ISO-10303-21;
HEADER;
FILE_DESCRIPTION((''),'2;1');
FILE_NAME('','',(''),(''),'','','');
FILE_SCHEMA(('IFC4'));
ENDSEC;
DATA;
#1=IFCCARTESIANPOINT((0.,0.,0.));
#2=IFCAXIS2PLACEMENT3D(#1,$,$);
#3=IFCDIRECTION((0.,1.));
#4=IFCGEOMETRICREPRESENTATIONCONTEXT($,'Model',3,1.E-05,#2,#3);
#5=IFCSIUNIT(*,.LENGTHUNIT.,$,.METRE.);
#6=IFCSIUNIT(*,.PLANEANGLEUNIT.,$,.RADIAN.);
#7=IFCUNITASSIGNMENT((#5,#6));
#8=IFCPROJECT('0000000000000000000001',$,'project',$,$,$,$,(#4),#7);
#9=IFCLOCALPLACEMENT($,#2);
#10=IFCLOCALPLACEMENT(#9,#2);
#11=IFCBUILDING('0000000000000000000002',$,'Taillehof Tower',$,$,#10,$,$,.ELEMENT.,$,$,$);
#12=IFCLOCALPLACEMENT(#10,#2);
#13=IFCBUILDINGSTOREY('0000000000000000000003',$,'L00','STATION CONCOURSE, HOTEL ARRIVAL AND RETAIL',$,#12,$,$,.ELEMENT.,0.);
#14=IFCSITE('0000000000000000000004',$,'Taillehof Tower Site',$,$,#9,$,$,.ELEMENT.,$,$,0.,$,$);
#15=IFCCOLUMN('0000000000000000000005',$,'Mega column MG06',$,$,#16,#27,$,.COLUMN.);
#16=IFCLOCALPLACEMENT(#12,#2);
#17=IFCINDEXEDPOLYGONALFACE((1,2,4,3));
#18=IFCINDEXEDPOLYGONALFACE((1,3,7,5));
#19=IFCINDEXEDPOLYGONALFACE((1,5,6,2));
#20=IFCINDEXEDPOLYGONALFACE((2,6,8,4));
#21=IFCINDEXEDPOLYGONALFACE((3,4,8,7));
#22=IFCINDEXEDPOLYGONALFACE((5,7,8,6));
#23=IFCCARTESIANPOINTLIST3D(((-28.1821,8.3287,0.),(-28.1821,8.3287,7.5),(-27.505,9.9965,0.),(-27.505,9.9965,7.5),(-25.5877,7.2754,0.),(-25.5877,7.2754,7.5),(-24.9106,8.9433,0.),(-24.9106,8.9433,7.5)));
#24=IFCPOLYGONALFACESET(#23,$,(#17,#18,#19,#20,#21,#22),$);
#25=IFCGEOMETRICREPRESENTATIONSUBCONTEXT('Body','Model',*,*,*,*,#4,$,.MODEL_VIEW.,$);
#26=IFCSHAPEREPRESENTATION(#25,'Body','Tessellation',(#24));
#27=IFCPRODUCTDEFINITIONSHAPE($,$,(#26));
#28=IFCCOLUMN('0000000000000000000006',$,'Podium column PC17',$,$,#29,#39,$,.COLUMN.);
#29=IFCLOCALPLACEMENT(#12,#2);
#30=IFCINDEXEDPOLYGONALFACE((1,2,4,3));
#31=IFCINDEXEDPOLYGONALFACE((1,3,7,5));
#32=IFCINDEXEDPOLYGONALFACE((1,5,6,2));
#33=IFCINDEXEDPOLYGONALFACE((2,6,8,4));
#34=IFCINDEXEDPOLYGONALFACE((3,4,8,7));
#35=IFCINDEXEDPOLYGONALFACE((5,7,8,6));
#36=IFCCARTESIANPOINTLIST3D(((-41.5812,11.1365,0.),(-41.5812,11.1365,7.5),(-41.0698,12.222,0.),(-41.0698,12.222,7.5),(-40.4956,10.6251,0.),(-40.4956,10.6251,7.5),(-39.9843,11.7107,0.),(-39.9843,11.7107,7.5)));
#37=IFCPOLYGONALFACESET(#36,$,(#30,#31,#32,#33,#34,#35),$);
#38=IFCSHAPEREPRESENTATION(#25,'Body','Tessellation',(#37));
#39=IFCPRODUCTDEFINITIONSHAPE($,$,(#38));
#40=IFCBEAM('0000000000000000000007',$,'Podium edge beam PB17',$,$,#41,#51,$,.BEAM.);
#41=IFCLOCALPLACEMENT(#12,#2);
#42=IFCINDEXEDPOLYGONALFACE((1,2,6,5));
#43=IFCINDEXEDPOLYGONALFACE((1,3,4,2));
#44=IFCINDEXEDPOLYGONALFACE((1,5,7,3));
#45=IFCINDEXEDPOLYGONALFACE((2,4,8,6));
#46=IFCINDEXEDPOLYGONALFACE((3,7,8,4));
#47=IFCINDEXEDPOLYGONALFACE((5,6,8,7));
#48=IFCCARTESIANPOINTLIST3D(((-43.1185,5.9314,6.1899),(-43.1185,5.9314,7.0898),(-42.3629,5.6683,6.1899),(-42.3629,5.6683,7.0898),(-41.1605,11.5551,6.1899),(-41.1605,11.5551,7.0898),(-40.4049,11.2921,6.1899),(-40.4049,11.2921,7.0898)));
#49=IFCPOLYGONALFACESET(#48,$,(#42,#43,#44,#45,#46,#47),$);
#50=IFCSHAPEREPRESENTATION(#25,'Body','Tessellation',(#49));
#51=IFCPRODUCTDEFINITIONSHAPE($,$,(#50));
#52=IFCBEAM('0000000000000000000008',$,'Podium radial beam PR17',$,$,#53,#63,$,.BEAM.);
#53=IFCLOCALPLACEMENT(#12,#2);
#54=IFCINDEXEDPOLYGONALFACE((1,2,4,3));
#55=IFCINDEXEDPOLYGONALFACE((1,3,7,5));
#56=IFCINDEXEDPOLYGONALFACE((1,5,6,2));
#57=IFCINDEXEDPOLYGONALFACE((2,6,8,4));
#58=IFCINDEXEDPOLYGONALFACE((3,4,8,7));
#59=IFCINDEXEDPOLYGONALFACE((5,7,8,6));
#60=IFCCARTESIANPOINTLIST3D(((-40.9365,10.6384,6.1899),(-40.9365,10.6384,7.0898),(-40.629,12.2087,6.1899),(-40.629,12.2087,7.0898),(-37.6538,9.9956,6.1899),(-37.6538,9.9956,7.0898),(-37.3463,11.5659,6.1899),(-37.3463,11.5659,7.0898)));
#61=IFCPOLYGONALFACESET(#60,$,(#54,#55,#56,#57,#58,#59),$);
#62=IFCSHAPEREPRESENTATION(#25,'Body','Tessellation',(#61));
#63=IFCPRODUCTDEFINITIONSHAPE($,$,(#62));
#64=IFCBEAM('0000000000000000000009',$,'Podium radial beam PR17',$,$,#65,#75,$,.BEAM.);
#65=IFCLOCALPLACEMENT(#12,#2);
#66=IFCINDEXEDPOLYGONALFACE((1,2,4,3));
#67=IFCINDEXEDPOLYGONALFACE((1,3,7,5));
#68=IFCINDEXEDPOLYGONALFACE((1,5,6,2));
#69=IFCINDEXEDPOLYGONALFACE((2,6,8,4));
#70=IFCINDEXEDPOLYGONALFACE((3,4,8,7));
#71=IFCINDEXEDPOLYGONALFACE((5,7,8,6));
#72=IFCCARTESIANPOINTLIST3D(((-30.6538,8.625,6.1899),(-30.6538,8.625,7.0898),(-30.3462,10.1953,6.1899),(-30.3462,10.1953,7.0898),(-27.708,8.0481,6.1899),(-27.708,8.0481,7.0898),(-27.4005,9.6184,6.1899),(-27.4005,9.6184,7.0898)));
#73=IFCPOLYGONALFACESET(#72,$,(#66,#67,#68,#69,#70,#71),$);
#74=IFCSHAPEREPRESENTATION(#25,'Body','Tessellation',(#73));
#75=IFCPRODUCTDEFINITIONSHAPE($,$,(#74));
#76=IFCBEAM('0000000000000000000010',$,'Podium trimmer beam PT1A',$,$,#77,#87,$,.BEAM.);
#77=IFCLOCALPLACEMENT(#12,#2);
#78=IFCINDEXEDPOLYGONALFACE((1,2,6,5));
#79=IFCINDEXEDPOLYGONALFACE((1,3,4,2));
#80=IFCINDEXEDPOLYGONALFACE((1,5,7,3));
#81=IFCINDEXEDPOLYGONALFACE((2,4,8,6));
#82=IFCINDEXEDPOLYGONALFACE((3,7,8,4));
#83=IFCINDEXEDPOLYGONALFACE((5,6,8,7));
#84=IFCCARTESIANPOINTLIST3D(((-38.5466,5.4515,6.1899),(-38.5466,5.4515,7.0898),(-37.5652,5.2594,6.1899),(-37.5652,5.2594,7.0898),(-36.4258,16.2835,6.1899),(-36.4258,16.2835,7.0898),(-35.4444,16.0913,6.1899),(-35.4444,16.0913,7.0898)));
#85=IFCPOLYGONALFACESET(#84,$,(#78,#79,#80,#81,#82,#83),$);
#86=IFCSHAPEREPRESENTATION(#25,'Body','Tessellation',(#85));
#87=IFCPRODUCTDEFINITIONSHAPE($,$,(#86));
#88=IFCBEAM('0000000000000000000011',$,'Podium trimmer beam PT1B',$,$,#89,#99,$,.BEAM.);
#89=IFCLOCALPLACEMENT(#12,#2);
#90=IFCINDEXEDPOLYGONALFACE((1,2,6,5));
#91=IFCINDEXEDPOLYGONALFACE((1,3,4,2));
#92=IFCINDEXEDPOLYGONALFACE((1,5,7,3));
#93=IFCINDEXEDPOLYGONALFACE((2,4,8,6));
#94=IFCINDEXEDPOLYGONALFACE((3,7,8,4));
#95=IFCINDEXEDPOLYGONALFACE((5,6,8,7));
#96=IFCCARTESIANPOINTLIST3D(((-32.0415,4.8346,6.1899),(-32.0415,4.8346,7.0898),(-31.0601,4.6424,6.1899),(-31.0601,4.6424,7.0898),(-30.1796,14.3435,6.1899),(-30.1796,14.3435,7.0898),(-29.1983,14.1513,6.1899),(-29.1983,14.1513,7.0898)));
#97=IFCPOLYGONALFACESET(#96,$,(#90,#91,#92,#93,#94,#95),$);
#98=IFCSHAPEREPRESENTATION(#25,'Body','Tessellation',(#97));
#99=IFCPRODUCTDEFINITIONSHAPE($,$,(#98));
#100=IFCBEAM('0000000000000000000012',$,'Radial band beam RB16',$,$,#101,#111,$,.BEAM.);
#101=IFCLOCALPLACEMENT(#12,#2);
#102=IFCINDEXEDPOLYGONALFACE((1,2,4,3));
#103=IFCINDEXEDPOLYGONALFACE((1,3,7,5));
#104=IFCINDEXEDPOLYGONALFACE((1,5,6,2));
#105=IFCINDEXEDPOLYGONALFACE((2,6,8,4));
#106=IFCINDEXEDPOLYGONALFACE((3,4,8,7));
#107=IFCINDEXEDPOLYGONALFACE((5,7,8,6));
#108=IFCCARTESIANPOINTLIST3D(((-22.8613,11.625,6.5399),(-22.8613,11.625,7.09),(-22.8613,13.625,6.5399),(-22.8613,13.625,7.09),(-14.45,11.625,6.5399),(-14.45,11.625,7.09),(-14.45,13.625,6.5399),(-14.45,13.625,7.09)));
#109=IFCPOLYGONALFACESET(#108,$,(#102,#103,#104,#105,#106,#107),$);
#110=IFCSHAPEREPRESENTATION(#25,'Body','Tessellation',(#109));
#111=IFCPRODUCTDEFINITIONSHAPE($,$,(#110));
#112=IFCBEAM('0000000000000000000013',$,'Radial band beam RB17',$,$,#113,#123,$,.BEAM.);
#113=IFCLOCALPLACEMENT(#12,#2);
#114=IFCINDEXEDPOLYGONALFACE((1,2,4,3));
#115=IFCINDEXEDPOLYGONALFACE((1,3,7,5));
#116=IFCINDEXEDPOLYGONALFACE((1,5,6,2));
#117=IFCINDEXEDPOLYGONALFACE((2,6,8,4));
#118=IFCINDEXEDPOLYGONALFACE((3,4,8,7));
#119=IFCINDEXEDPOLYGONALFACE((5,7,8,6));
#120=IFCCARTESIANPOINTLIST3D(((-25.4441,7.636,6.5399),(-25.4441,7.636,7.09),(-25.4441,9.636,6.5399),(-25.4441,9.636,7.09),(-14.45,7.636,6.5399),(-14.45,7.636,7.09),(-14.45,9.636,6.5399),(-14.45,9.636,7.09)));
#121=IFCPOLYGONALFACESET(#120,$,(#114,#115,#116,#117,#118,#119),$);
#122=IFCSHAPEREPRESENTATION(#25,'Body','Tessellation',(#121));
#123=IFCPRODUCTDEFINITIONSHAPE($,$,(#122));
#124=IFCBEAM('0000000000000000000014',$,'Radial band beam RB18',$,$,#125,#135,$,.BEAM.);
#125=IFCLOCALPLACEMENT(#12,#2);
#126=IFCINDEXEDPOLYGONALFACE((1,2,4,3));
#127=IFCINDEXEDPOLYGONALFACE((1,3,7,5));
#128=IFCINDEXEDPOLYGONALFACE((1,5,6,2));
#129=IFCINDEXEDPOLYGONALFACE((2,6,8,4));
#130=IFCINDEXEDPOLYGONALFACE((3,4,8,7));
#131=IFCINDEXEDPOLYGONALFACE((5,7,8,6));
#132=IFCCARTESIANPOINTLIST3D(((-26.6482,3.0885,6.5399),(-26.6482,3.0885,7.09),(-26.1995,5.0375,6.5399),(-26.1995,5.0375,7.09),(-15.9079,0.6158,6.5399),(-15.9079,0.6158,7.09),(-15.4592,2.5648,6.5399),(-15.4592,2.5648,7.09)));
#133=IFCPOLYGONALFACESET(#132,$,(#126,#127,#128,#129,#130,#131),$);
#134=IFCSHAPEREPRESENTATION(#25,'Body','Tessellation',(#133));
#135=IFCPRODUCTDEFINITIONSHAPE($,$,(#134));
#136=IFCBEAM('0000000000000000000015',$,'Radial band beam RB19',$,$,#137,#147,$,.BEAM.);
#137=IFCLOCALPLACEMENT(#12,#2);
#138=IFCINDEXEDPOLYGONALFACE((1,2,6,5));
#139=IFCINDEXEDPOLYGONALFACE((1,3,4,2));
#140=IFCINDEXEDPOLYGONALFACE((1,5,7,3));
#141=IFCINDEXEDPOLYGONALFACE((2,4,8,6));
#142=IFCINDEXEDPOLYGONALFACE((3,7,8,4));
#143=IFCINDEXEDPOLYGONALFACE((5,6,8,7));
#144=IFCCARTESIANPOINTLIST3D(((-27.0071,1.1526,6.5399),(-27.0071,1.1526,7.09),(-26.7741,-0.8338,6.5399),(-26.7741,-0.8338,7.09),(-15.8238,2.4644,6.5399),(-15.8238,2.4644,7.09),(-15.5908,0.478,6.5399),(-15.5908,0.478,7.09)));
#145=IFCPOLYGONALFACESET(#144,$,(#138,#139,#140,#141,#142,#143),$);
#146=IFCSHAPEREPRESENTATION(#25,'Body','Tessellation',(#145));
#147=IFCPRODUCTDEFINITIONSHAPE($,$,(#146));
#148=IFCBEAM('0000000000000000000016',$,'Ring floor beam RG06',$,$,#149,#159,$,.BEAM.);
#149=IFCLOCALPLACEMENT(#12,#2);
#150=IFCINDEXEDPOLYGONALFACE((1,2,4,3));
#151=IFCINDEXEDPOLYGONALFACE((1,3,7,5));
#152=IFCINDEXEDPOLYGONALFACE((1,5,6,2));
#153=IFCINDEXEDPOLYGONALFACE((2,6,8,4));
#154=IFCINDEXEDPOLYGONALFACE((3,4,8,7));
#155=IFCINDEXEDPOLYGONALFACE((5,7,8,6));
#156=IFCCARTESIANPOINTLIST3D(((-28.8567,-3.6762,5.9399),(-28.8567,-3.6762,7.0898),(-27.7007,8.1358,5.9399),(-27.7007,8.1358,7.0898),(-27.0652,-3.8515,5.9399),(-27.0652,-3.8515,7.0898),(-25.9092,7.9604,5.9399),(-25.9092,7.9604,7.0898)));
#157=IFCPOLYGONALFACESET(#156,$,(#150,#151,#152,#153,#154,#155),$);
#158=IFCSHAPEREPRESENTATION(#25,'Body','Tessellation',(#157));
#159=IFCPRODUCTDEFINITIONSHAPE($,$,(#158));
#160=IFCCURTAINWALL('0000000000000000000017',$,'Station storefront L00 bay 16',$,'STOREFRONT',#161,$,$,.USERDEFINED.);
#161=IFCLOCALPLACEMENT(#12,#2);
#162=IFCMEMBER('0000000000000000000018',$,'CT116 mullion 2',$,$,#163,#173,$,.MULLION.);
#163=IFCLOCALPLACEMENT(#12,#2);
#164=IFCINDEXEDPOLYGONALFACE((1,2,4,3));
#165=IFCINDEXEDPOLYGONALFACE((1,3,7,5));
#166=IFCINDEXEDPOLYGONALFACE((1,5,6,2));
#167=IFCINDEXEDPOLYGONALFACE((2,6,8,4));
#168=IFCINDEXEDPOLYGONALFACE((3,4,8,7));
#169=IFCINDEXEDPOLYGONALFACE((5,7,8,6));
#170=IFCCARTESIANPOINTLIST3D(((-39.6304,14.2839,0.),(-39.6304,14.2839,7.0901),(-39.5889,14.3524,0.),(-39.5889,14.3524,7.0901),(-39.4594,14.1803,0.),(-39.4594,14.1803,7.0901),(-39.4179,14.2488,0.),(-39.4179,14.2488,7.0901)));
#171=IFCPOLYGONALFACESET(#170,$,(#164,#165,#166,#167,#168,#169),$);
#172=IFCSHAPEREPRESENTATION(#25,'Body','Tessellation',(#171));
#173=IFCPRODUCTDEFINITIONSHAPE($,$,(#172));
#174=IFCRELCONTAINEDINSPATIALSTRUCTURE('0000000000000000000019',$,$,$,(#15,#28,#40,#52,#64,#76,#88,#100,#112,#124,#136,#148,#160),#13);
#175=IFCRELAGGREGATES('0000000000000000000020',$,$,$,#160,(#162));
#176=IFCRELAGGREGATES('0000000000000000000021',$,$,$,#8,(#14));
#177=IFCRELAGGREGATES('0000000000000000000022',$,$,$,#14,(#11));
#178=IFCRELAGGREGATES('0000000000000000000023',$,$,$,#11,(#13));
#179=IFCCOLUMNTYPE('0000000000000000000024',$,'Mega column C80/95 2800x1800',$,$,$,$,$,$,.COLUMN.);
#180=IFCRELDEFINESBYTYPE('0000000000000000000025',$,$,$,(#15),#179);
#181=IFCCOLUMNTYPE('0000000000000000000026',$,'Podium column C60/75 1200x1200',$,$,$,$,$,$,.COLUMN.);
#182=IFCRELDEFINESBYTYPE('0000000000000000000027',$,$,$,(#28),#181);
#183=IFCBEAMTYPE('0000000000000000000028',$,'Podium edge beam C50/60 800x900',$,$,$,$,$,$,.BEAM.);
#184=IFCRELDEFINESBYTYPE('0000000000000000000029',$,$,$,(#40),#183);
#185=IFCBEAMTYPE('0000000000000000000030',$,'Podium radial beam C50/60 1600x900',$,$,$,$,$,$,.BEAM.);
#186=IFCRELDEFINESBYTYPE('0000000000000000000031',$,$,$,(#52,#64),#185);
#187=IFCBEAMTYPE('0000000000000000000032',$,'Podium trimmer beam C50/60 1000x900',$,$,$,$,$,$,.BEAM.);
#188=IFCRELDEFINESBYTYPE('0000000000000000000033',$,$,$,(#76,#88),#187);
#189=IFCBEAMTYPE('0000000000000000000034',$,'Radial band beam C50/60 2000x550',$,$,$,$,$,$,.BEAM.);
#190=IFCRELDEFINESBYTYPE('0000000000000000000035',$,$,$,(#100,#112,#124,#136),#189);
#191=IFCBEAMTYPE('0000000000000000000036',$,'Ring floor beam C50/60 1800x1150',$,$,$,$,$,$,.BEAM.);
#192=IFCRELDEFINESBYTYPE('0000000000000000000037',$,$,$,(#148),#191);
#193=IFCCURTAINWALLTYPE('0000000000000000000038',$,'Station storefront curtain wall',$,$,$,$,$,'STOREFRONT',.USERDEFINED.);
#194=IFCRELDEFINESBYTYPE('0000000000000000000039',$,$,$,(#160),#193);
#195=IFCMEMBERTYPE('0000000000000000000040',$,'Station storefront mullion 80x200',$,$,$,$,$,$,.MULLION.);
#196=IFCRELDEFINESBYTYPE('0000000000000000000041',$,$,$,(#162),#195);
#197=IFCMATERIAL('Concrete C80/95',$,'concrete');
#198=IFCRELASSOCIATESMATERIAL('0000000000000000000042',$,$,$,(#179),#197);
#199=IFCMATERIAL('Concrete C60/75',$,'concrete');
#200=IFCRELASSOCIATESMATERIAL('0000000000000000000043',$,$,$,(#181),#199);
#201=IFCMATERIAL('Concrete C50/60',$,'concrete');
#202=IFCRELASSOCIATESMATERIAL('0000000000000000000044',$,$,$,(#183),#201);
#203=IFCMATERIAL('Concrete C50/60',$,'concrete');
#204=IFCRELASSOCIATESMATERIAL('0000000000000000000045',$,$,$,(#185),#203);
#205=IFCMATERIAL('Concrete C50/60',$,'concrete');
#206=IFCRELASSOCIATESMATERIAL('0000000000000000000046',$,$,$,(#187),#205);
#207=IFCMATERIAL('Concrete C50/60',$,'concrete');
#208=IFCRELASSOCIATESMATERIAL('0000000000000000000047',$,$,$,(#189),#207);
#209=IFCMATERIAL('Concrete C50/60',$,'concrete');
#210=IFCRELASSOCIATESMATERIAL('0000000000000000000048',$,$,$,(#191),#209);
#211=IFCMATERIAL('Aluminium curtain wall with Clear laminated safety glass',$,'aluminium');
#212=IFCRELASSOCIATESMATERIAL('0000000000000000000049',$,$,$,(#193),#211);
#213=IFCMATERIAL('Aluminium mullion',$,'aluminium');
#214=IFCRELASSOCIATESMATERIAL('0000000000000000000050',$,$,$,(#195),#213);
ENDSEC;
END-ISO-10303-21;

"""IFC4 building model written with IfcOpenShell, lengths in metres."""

from ifc_helpers import new_model, si_unit, direction, frame, origin, origin_2d, place, context, subcontext, project, spatial, rectangle, extrude, material, material_profile, profile_set, type_object, element, aggregate, save


model = new_model("IFC4")

# Units and contexts
model_context = context("Model", 3, precision=1e-05, world=origin(), true_north=direction((0.0, 1.0)))
body_context = subcontext(model_context, "Body", "Model", "MODEL_VIEW")
ifc_project = project(units=[si_unit("LENGTHUNIT", "METRE"), si_unit("PLANEANGLEUNIT", "RADIAN")], contexts=[model_context])

# Site, building, storey
site_placement = place(None, origin())
site = spatial("IfcSite", under=ifc_project, at=site_placement, Name="Taillehof Tower Site", CompositionType="ELEMENT", RefElevation=0.0)
building_placement = place(site_placement, origin())
building = spatial("IfcBuilding", under=site, at=building_placement, Name="Taillehof Tower", CompositionType="ELEMENT")
storey_placement = place(building_placement, origin())
storey = spatial("IfcBuildingStorey", under=building, at=storey_placement, Name="L00", Description="STATION CONCOURSE, HOTEL ARRIVAL AND RETAIL", CompositionType="ELEMENT", Elevation=0.0)

# Columns
ifc_material_1 = material(Name="Concrete C80/95", Category="concrete")
ifc_material_profile_1 = material_profile(ifc_material_1, rectangle(XDim=2.8, YDim=1.8, at=origin_2d()), Name="RC 2800x1800")
ifc_profile_set_1 = profile_set([ifc_material_profile_1], Name="Concrete C80/95")
column_type_1 = type_object("IfcColumnType", Name="Mega column C80/95 2800x1800", PredefinedType="COLUMN", material=ifc_profile_set_1)
column_1_placement = place(storey_placement, frame((-26.5464, 8.636, 0.0), z_axis=(0.0, 0.0, 1.0), x_axis=(-0.926558, 0.376152, 0.0)))
element("IfcColumn", 1, at=column_1_placement, inside=storey, type_object=column_type_1, Name="Mega column MG06", PredefinedType="COLUMN", context=body_context, shape_type="SweptSolid", body=[
    extrude(rectangle(XDim=2.8, YDim=1.8, at=origin_2d()), origin(), (0.0, 0.0, 1.0), 7.5),
])
ifc_material_2 = material(Name="Concrete C60/75", Category="concrete")
ifc_material_profile_2 = material_profile(ifc_material_2, rectangle(XDim=1.2, YDim=1.2, at=origin_2d()), Name="RC 1200x1200")
ifc_profile_set_2 = profile_set([ifc_material_profile_2], Name="Concrete C60/75")
column_type_2 = type_object("IfcColumnType", Name="Podium column C60/75 1200x1200", PredefinedType="COLUMN", material=ifc_profile_set_2)
column_2_placement = place(storey_placement, frame((-40.7827, 11.4236, 0.0), z_axis=(0.0, 0.0, 1.0), x_axis=(-0.904668, 0.426117, 0.0)))
element("IfcColumn", 2, at=column_2_placement, inside=storey, type_object=column_type_2, Name="Podium column PC17", PredefinedType="COLUMN", context=body_context, shape_type="SweptSolid", body=[
    extrude(rectangle(XDim=1.2, YDim=1.2, at=origin_2d()), origin(), (0.0, 0.0, 1.0), 7.5),
])

# Beams
ifc_material_3 = material(Name="Concrete C50/60", Category="concrete")
ifc_material_profile_3 = material_profile(ifc_material_3, rectangle(XDim=0.8, YDim=0.8999, at=origin_2d()), Name="RC 800x900")
ifc_profile_set_3 = profile_set([ifc_material_profile_3], Name="Concrete C50/60")
beam_type_1 = type_object("IfcBeamType", Name="Podium edge beam C50/60 800x900", PredefinedType="BEAM", material=ifc_profile_set_3)
beam_1_placement = place(storey_placement, frame((-40.7827, 11.4236, 6.6399), z_axis=(-0.328807, -0.944397, 0.0), x_axis=(0.944397, -0.328807, 0.0)))
element("IfcBeam", 3, at=beam_1_placement, inside=storey, type_object=beam_type_1, Name="Podium edge beam PB17", PredefinedType="BEAM", context=body_context, shape_type="SweptSolid", body=[
    extrude(rectangle(XDim=0.8, YDim=0.8999, at=origin_2d()), origin(), (0.0, 0.0, 1.0), 5.9548),
])
ifc_material_4 = material(Name="Concrete C50/60", Category="concrete")
ifc_material_profile_4 = material_profile(ifc_material_4, rectangle(XDim=1.6001, YDim=0.8999, at=origin_2d()), Name="RC 1600x900")
ifc_profile_set_4 = profile_set([ifc_material_profile_4], Name="Concrete C50/60")
beam_type_2 = type_object("IfcBeamType", Name="Podium radial beam C50/60 1600x900", PredefinedType="BEAM", material=ifc_profile_set_4)
beam_2_placement = place(storey_placement, frame((-40.7827, 11.4236, 6.6399), z_axis=(0.981362, -0.192171, 0.0), x_axis=(0.192171, 0.981362, 0.0)))
element("IfcBeam", 4, at=beam_2_placement, inside=storey, type_object=beam_type_2, Name="Podium radial beam PR17", PredefinedType="BEAM", context=body_context, shape_type="SweptSolid", body=[
    extrude(rectangle(XDim=1.6001, YDim=0.8999, at=origin_2d()), origin(), (0.0, 0.0, 1.0), 3.345),
])
beam_3_placement = place(storey_placement, frame((-30.5, 9.4102, 6.6399), z_axis=(0.981358, -0.192189, 0.0), x_axis=(0.192189, 0.981358, 0.0)))
element("IfcBeam", 5, at=beam_3_placement, inside=storey, type_object=beam_type_2, Name="Podium radial beam PR17", PredefinedType="BEAM", context=body_context, shape_type="SweptSolid", body=[
    extrude(rectangle(XDim=1.6001, YDim=0.8999, at=origin_2d()), origin(), (0.0, 0.0, 1.0), 3.0017),
])
ifc_material_5 = material(Name="Concrete C50/60", Category="concrete")
ifc_material_profile_5 = material_profile(ifc_material_5, rectangle(XDim=1.0, YDim=0.8999, at=origin_2d()), Name="RC 1000x900")
ifc_profile_set_5 = profile_set([ifc_material_profile_5], Name="Concrete C50/60")
beam_type_3 = type_object("IfcBeamType", Name="Podium trimmer beam C50/60 1000x900", PredefinedType="BEAM", material=ifc_profile_set_5)
beam_4_placement = place(storey_placement, frame((-38.0559, 5.3555, 6.6399), z_axis=(0.192146, 0.981366, 0.0), x_axis=(-0.981366, 0.192146, 0.0)))
element("IfcBeam", 6, at=beam_4_placement, inside=storey, type_object=beam_type_3, Name="Podium trimmer beam PT1A", PredefinedType="BEAM", context=body_context, shape_type="SweptSolid", body=[
    extrude(rectangle(XDim=1.0, YDim=0.8999, at=origin_2d()), origin(), (0.0, 0.0, 1.0), 11.0376),
])
beam_5_placement = place(storey_placement, frame((-31.5508, 4.7385, 6.6399), z_axis=(0.192151, 0.981365, 0.0), x_axis=(-0.981365, 0.192151, 0.0)))
element("IfcBeam", 7, at=beam_5_placement, inside=storey, type_object=beam_type_3, Name="Podium trimmer beam PT1B", PredefinedType="BEAM", context=body_context, shape_type="SweptSolid", body=[
    extrude(rectangle(XDim=1.0, YDim=0.8999, at=origin_2d()), origin(), (0.0, 0.0, 1.0), 9.6895),
])
ifc_material_6 = material(Name="Concrete C50/60", Category="concrete")
ifc_material_profile_6 = material_profile(ifc_material_6, rectangle(XDim=2.0, YDim=0.55, at=origin_2d()), Name="RC 2000x550")
ifc_profile_set_6 = profile_set([ifc_material_profile_6], Name="Concrete C50/60")
beam_type_4 = type_object("IfcBeamType", Name="Radial band beam C50/60 2000x550", PredefinedType="BEAM", material=ifc_profile_set_6)
beam_6_placement = place(storey_placement, frame((-22.8613, 12.625, 6.8149), z_axis=(1.0, 0.0, 0.0), x_axis=(0.0, 1.0, 0.0)))
element("IfcBeam", 8, at=beam_6_placement, inside=storey, type_object=beam_type_4, Name="Radial band beam RB16", PredefinedType="BEAM", context=body_context, shape_type="SweptSolid", body=[
    extrude(rectangle(XDim=2.0, YDim=0.55, at=origin_2d()), origin(), (0.0, 0.0, 1.0), 8.4114),
])
beam_7_placement = place(storey_placement, frame((-25.4441, 8.636, 6.8149), z_axis=(1.0, 0.0, 0.0), x_axis=(0.0, 1.0, 0.0)))
element("IfcBeam", 9, at=beam_7_placement, inside=storey, type_object=beam_type_4, Name="Radial band beam RB17", PredefinedType="BEAM", context=body_context, shape_type="SweptSolid", body=[
    extrude(rectangle(XDim=2.0, YDim=0.55, at=origin_2d()), origin(), (0.0, 0.0, 1.0), 10.9941),
])
beam_8_placement = place(storey_placement, frame((-26.4238, 4.063, 6.8149), z_axis=(0.974508, -0.224355, 0.0), x_axis=(0.224355, 0.974508, 0.0)))
element("IfcBeam", 10, at=beam_8_placement, inside=storey, type_object=beam_type_4, Name="Radial band beam RB18", PredefinedType="BEAM", context=body_context, shape_type="SweptSolid", body=[
    extrude(rectangle(XDim=2.0, YDim=0.55, at=origin_2d()), origin(), (0.0, 0.0, 1.0), 11.0212),
])
beam_9_placement = place(storey_placement, frame((-26.8906, 0.1594, 6.8149), z_axis=(0.993191, 0.116498, 0.0), x_axis=(-0.116498, 0.993191, 0.0)))
element("IfcBeam", 11, at=beam_9_placement, inside=storey, type_object=beam_type_4, Name="Radial band beam RB19", PredefinedType="BEAM", context=body_context, shape_type="SweptSolid", body=[
    extrude(rectangle(XDim=2.0, YDim=0.55, at=origin_2d()), origin(), (0.0, 0.0, 1.0), 11.26),
])
ifc_material_7 = material(Name="Concrete C50/60", Category="concrete")
ifc_material_profile_7 = material_profile(ifc_material_7, rectangle(XDim=1.8, YDim=1.1499, at=origin_2d()), Name="RC 1800x1150")
ifc_profile_set_7 = profile_set([ifc_material_profile_7], Name="Concrete C50/60")
beam_type_5 = type_object("IfcBeamType", Name="Ring floor beam C50/60 1800x1150", PredefinedType="BEAM", material=ifc_profile_set_7)
beam_10_placement = place(storey_placement, frame((-26.8049, 8.0481, 6.5149), z_axis=(-0.097402, -0.995245, 0.0), x_axis=(0.995245, -0.097402, 0.0)))
element("IfcBeam", 12, at=beam_10_placement, inside=storey, type_object=beam_type_5, Name="Ring floor beam RG06", PredefinedType="BEAM", context=body_context, shape_type="SweptSolid", body=[
    extrude(rectangle(XDim=1.8, YDim=1.1499, at=origin_2d()), origin(), (0.0, 0.0, 1.0), 11.8684),
])

# Curtain wall, member
ifc_material_8 = material(Name="Aluminium curtain wall with Clear laminated safety glass", Category="aluminium")
curtain_wall_type = type_object("IfcCurtainWallType", Name="Station storefront curtain wall", ElementType="STOREFRONT", PredefinedType="USERDEFINED", material=ifc_material_8)
curtain_wall_1_placement = place(storey_placement, origin())
curtain_wall_1 = element("IfcCurtainWall", 13, at=curtain_wall_1_placement, inside=storey, type_object=curtain_wall_type, Name="Station storefront L00 bay 16", ObjectType="STOREFRONT", PredefinedType="USERDEFINED")
ifc_material_9 = material(Name="Aluminium mullion", Category="aluminium")
ifc_material_profile_8 = material_profile(ifc_material_9, rectangle(XDim=0.2, YDim=0.0801, at=origin_2d()), Name="AL 80x200")
ifc_profile_set_8 = profile_set([ifc_material_profile_8], Name="Aluminium mullion")
member_type_1 = type_object("IfcMemberType", Name="Station storefront mullion 80x200", PredefinedType="MULLION", material=ifc_profile_set_8)
member_1_placement = place(storey_placement, frame((-39.5242, 14.2664, 0.0), z_axis=(0.0, 0.0, 1.0), x_axis=(0.855289, -0.518151, 0.0)))
member_1 = element("IfcMember", 14, at=member_1_placement, type_object=member_type_1, Name="CT116 mullion 2", PredefinedType="MULLION", context=body_context, shape_type="SweptSolid", body=[
    extrude(rectangle(XDim=0.2, YDim=0.0801, at=origin_2d()), origin(), (0.0, 0.0, 1.0), 7.0901),
])

aggregate(curtain_wall_1, [member_1])

save(model, "model.ifc")
